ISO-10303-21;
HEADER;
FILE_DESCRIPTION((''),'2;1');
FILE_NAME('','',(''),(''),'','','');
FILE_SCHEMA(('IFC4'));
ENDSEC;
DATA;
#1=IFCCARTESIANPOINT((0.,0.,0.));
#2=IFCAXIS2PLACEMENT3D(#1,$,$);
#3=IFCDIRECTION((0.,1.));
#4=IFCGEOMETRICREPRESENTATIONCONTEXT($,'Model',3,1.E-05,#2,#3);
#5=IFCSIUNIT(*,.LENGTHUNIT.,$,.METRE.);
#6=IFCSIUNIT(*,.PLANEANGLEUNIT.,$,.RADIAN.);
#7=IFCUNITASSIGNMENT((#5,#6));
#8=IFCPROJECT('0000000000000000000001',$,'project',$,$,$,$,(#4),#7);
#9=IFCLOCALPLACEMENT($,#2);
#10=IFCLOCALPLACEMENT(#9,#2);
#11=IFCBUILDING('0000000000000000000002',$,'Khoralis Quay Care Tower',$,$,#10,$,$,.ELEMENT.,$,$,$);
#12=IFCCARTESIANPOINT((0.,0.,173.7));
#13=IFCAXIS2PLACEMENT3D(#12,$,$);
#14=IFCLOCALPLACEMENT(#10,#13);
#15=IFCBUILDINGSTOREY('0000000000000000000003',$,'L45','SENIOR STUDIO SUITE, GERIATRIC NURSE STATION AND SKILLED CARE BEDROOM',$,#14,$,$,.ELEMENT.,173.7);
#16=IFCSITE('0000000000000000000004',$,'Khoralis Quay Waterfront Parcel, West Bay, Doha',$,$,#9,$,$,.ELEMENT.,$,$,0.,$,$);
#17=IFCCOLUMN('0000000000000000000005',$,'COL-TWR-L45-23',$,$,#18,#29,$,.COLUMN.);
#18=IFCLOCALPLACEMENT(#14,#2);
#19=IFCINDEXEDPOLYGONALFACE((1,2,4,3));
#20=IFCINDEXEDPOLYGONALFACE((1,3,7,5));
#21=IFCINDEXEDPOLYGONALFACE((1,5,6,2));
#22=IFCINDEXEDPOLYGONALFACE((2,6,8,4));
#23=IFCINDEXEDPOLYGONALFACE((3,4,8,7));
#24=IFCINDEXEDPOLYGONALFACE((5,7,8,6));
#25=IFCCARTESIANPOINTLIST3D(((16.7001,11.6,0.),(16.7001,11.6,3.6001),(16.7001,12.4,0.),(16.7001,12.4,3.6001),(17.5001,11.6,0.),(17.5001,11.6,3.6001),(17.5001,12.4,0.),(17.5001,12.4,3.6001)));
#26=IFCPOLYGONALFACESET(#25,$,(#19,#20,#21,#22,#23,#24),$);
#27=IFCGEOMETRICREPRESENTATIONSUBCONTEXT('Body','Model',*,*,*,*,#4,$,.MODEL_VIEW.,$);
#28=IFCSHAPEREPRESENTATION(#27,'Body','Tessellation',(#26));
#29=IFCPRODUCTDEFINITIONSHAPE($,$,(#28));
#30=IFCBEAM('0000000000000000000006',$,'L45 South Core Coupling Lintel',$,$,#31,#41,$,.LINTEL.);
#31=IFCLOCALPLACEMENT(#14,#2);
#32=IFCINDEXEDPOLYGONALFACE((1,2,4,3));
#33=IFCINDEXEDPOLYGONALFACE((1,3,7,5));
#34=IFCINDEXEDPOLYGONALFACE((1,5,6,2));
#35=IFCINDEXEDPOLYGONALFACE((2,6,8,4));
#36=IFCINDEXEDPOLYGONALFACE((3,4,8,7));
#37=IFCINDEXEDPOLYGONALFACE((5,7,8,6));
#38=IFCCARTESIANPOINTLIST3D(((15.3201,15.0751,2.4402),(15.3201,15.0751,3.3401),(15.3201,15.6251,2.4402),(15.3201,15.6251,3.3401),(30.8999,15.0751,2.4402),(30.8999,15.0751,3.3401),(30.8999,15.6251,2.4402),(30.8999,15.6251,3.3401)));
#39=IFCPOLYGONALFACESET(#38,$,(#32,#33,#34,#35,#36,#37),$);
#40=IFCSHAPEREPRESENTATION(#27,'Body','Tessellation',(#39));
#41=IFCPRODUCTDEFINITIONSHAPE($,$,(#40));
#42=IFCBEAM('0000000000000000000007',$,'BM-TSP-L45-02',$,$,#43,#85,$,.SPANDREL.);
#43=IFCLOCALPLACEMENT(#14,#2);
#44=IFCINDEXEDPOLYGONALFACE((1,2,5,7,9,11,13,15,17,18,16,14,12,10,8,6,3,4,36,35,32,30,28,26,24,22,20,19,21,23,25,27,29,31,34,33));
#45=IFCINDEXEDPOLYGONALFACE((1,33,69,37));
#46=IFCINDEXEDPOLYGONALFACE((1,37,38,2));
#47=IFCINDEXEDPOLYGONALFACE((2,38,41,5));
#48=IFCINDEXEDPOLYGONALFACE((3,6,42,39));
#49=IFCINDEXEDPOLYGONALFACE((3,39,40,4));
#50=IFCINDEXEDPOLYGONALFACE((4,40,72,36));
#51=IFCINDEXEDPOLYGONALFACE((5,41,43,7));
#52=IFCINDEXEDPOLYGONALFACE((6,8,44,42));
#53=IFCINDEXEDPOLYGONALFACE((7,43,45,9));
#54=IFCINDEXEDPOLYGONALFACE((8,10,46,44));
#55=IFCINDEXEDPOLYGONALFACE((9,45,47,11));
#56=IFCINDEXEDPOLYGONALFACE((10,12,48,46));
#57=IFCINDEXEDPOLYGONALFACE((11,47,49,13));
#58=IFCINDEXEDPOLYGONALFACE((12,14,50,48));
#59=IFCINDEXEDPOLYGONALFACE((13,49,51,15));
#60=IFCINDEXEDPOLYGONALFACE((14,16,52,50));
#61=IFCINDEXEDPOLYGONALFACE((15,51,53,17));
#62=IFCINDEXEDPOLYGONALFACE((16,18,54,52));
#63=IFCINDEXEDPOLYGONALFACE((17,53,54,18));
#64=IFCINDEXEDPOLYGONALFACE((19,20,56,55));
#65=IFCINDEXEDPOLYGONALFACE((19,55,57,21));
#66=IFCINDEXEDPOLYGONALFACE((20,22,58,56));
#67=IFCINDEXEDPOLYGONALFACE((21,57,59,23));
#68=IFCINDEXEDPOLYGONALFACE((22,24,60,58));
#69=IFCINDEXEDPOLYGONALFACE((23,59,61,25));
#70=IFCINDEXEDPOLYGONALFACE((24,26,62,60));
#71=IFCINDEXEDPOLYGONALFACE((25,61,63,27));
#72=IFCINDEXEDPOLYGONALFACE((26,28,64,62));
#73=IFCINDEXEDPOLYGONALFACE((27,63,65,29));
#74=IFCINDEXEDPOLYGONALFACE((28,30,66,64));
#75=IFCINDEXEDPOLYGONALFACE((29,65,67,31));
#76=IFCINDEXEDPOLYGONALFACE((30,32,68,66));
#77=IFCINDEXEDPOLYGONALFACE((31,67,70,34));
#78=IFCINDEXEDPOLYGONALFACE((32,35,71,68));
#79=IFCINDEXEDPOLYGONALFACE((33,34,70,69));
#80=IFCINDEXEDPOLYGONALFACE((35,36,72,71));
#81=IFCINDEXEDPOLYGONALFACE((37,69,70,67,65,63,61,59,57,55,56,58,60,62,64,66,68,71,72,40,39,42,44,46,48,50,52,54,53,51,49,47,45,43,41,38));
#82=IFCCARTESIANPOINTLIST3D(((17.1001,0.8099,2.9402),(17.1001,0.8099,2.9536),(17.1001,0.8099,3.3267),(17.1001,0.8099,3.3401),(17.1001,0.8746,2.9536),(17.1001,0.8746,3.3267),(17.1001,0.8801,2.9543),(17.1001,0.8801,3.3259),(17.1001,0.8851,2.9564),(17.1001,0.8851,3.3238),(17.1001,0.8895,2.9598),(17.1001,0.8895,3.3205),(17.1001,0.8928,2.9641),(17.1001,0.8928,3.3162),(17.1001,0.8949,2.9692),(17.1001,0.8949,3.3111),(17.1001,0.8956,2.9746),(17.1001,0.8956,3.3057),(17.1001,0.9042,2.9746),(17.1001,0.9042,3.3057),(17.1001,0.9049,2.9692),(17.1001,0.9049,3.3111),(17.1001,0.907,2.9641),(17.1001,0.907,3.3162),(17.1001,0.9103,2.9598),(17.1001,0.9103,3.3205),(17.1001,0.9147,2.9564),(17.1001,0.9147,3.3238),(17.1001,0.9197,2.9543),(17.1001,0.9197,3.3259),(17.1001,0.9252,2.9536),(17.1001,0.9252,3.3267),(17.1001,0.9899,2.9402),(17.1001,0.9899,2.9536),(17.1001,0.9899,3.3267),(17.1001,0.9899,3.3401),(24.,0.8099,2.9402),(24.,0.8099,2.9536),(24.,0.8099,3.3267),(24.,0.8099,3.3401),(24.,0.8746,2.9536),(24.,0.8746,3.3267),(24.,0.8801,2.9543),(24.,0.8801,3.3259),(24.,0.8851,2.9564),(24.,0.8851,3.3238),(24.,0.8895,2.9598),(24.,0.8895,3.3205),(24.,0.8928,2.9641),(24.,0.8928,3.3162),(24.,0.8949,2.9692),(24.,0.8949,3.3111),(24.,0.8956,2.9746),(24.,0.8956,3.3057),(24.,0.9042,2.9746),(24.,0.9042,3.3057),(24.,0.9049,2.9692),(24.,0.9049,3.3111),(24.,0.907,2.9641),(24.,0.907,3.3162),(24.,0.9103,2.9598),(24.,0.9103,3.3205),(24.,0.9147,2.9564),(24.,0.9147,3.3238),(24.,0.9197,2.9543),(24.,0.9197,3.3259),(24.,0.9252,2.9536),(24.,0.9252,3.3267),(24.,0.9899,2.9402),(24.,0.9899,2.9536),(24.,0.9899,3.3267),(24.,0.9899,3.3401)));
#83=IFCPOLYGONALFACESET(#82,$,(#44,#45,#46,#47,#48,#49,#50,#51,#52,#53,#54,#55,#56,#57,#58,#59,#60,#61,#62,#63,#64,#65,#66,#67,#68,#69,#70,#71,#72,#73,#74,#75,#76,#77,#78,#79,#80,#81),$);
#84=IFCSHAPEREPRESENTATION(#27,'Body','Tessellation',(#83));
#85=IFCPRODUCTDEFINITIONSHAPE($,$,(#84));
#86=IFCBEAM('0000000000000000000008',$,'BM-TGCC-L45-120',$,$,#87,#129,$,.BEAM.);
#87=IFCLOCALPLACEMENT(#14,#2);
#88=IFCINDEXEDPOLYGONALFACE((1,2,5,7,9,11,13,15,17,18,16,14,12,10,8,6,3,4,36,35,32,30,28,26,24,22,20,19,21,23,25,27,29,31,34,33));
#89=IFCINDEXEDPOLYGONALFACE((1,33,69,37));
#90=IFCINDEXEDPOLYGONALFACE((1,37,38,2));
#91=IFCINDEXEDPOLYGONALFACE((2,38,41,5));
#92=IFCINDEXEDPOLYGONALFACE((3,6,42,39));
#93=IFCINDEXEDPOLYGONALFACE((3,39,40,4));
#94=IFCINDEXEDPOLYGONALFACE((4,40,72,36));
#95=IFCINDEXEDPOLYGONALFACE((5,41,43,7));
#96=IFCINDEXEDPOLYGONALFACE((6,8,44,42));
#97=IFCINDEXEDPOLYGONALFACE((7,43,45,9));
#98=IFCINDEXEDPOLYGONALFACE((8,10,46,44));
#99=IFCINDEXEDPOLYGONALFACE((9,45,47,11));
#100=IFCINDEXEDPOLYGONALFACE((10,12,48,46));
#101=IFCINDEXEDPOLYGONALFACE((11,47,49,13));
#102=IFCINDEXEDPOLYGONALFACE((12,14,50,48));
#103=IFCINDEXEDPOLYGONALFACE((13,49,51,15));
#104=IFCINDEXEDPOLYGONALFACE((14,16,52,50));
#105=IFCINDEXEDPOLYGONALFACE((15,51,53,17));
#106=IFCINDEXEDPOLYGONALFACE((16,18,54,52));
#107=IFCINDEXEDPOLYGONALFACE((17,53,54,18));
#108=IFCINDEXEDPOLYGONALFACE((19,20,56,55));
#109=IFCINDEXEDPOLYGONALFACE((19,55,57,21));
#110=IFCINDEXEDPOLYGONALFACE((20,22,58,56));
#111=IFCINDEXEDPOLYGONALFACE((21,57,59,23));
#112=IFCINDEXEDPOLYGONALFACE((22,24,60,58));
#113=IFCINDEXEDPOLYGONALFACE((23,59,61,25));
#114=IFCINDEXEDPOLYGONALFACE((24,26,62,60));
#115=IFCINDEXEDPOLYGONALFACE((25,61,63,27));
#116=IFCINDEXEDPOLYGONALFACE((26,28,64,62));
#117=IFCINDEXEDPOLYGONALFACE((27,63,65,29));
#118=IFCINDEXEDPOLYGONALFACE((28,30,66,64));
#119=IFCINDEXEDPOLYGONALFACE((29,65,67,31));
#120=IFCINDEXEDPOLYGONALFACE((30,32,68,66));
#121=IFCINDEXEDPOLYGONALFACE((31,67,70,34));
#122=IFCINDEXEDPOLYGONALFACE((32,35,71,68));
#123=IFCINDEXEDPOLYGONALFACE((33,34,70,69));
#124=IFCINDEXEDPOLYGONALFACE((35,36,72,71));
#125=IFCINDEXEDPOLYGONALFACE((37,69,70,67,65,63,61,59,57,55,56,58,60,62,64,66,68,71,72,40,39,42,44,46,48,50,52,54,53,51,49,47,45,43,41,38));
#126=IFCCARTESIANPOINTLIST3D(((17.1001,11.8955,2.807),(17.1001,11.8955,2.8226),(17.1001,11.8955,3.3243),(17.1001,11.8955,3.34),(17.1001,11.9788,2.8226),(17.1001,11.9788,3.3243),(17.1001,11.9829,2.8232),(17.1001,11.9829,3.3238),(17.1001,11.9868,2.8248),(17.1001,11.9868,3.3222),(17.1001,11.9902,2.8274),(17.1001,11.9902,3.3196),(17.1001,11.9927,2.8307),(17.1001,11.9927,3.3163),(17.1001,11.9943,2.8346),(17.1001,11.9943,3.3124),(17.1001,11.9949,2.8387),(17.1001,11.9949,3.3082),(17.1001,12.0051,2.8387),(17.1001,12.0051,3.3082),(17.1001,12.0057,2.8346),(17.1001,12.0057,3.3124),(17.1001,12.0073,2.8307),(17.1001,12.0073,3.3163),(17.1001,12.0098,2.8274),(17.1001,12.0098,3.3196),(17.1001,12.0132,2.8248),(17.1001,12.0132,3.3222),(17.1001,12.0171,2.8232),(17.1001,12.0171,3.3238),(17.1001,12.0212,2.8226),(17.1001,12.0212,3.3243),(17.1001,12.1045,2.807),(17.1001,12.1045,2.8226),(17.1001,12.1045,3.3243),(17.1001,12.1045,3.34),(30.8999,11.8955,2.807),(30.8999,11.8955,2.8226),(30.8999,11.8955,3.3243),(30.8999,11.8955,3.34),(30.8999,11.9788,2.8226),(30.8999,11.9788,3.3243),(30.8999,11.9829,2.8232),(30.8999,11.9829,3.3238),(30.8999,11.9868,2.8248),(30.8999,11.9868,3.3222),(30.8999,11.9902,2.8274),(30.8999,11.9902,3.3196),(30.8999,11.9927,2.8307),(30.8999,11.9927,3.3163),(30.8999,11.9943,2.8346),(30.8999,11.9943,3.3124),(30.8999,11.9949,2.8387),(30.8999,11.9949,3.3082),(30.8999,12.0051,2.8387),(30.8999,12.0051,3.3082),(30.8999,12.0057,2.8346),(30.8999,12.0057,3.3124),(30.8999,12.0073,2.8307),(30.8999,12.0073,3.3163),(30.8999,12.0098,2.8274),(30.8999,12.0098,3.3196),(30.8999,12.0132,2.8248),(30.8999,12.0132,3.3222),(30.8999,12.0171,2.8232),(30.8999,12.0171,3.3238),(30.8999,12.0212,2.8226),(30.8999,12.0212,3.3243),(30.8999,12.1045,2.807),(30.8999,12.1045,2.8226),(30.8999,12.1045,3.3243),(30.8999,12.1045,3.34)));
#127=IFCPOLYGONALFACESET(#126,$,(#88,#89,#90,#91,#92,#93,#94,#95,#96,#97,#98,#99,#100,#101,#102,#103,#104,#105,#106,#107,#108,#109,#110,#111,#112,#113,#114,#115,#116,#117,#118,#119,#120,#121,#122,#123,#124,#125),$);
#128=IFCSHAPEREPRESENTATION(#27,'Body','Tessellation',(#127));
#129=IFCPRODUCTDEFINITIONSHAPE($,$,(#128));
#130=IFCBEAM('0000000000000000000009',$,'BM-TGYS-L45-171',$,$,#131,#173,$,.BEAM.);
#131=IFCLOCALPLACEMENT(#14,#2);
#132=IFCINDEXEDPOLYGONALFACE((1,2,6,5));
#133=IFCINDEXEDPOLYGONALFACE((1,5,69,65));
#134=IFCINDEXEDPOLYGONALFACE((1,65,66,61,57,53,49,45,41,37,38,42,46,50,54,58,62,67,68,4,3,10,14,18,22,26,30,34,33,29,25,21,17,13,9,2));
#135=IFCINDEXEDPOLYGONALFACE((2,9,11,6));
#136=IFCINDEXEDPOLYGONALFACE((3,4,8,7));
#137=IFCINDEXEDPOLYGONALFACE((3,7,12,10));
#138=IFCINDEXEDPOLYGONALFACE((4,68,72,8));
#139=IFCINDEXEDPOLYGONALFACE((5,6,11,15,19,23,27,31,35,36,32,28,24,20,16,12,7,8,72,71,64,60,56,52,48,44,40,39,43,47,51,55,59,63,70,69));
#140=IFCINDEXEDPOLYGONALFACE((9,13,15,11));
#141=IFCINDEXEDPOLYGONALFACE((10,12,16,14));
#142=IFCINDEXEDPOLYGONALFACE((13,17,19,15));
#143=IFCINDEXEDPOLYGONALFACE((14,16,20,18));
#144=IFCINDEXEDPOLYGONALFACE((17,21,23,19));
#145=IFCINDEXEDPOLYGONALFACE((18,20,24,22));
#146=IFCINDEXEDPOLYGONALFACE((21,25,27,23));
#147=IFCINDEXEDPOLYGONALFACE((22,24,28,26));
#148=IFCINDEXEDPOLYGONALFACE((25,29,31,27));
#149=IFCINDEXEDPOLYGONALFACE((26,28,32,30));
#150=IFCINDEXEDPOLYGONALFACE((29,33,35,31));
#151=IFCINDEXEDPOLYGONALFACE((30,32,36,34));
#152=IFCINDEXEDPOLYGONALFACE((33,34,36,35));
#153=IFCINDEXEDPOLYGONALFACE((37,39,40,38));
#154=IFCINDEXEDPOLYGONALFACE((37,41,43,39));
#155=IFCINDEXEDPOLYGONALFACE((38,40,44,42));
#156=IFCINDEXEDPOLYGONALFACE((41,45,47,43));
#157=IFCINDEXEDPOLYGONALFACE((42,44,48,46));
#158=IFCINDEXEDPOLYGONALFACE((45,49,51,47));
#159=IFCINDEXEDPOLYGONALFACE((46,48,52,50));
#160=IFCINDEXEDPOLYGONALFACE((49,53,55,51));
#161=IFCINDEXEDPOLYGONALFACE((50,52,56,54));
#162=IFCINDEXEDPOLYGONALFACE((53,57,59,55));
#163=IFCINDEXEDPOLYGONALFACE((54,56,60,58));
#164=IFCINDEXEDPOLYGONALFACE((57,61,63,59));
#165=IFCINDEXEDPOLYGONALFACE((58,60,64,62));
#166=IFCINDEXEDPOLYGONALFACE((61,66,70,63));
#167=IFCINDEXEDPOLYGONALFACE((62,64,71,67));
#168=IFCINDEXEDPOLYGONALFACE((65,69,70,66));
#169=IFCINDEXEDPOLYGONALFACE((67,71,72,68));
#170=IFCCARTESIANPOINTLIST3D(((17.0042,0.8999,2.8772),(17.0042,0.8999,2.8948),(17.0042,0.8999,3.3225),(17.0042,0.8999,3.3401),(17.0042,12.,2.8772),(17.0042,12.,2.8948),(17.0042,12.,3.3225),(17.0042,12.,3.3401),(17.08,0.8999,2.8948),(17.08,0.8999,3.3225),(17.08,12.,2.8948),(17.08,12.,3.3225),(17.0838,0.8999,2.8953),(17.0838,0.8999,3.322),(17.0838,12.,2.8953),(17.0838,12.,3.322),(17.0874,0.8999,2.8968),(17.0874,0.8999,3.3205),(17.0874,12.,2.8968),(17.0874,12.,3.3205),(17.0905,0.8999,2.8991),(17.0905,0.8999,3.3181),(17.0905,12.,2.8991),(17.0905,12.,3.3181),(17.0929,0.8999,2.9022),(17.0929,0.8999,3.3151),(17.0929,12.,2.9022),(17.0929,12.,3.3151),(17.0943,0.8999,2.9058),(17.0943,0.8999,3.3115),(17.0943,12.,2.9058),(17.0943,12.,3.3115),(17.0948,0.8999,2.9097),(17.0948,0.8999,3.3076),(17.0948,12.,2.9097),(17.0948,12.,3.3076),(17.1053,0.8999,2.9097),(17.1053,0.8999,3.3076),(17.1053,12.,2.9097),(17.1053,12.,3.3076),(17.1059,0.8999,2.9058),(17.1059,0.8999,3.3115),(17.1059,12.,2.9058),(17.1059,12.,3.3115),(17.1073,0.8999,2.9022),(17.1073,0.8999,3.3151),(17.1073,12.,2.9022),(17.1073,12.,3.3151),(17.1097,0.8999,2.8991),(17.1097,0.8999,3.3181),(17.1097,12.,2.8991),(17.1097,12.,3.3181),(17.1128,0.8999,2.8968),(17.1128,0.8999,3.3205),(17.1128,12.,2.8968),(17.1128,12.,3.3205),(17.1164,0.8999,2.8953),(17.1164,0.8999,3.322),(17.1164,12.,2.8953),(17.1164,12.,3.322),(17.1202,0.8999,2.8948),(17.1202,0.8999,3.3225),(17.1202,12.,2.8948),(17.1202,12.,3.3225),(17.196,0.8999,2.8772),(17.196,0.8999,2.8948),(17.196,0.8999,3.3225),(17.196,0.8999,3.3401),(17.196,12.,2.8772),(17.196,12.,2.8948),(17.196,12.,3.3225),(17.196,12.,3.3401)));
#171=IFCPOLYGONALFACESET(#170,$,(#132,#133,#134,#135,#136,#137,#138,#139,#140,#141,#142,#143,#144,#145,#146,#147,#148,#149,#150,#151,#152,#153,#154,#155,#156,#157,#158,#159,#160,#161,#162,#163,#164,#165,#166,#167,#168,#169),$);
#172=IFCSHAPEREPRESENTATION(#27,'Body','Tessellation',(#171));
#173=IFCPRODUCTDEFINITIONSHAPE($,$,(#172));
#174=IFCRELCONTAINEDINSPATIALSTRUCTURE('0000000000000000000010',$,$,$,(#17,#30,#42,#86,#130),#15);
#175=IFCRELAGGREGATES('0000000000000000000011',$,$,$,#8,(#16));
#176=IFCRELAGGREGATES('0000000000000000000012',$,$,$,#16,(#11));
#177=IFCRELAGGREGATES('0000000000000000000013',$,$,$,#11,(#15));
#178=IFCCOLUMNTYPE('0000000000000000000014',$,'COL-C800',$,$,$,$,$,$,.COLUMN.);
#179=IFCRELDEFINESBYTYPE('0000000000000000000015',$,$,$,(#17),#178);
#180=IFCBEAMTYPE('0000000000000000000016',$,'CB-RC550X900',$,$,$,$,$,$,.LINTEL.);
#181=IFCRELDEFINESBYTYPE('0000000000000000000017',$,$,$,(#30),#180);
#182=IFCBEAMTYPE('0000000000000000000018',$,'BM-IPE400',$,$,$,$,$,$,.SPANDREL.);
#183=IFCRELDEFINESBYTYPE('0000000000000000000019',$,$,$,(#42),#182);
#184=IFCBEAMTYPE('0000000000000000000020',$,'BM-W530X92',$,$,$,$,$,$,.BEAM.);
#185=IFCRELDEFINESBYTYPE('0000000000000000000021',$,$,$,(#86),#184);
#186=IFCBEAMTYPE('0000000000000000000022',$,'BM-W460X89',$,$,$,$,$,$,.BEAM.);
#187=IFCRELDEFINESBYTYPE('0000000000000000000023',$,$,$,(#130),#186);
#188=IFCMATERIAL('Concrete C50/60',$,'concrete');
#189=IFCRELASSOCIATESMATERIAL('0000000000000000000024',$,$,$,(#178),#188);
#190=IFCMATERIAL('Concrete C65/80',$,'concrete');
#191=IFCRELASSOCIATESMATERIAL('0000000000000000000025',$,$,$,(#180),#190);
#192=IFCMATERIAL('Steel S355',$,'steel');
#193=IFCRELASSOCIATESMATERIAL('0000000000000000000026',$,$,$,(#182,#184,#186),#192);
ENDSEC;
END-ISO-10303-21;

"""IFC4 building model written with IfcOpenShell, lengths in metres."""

from ifc_helpers import new_model, si_unit, direction, frame, origin, origin_2d, place, context, subcontext, project, spatial, rectangle, i_section, extrude, source, transform, mapped, material, material_profile, profile_set, type_object, element, save


model = new_model("IFC4")

# Units and contexts
model_context = context("Model", 3, precision=1e-05, world=origin(), true_north=direction((0.0, 1.0)))
body_context = subcontext(model_context, "Body", "Model", "MODEL_VIEW")
ifc_project = project(units=[si_unit("LENGTHUNIT", "METRE"), si_unit("PLANEANGLEUNIT", "RADIAN")], contexts=[model_context])

# Site, building, storey
site_placement = place(None, origin())
site = spatial("IfcSite", under=ifc_project, at=site_placement, Name="Khoralis Quay Waterfront Parcel, West Bay, Doha", CompositionType="ELEMENT", RefElevation=0.0)
building_placement = place(site_placement, origin())
building = spatial("IfcBuilding", under=site, at=building_placement, Name="Khoralis Quay Care Tower", CompositionType="ELEMENT")
storey_placement = place(building_placement, frame((0.0, 0.0, 173.7)))
storey = spatial("IfcBuildingStorey", under=building, at=storey_placement, Name="L45", Description="SENIOR STUDIO SUITE, GERIATRIC NURSE STATION AND SKILLED CARE BEDROOM", CompositionType="ELEMENT", Elevation=173.7)

# Column
ifc_material_1 = material(Name="Concrete C50/60", Category="concrete")
ifc_material_profile_1 = material_profile(ifc_material_1, rectangle(XDim=0.8, YDim=0.8, at=origin_2d()), Name="Concrete C50/60")
ifc_profile_set_1 = profile_set([ifc_material_profile_1], Name="Concrete C50/60")
column_type = type_object("IfcColumnType", Name="COL-C800", PredefinedType="COLUMN", material=ifc_profile_set_1)
shared_shape_1 = source(origin(), body_context, "Body", "SweptSolid", [
    extrude(rectangle(XDim=0.8, YDim=0.8, at=origin_2d()), origin(), (0.0, 0.0, 1.0), 3.6001),
])
column_placement = place(storey_placement, frame((17.1001, 12.0, 0.0), z_axis=(0.0, 0.0, 1.0), x_axis=(1.0, 0.0, 0.0)))
element("IfcColumn", 1, at=column_placement, inside=storey, type_object=column_type, Name="COL-TWR-L45-23", PredefinedType="COLUMN", context=body_context, shape_type="MappedRepresentation", body=[
    mapped(shared_shape_1, transform((0.0, 0.0, 0.0), scale=1.0)),
])

# Beams
ifc_material_2 = material(Name="Concrete C65/80", Category="concrete")
ifc_material_profile_2 = material_profile(ifc_material_2, rectangle(XDim=0.55, YDim=0.8999, at=origin_2d()), Name="Concrete C65/80")
ifc_profile_set_2 = profile_set([ifc_material_profile_2], Name="Concrete C65/80")
beam_type_1 = type_object("IfcBeamType", Name="CB-RC550X900", PredefinedType="LINTEL", material=ifc_profile_set_2)
shared_shape_2 = source(origin(), body_context, "Body", "SweptSolid", [
    extrude(rectangle(XDim=0.55, YDim=0.8999, at=origin_2d()), origin(), (0.0, 0.0, 1.0), 15.5798),
])
beam_1_placement = place(storey_placement, frame((15.3201, 15.3501, 2.8901), z_axis=(1.0, 0.0, 0.0), x_axis=(0.0, 1.0, 0.0)))
element("IfcBeam", 2, at=beam_1_placement, inside=storey, type_object=beam_type_1, Name="L45 South Core Coupling Lintel", PredefinedType="LINTEL", context=body_context, shape_type="MappedRepresentation", body=[
    mapped(shared_shape_2, transform((0.0, 0.0, 0.0), scale=1.0)),
])
ifc_material_3 = material(Name="Steel S355", Category="steel")
ifc_material_profile_3 = material_profile(ifc_material_3, i_section(OverallWidth=0.1799, OverallDepth=0.3999, WebThickness=0.0085, FlangeThickness=0.0134, FilletRadius=0.021, at=origin_2d()), Name="Steel S355")
ifc_profile_set_3 = profile_set([ifc_material_profile_3], Name="Steel S355")
beam_type_2 = type_object("IfcBeamType", Name="BM-IPE400", PredefinedType="SPANDREL", material=ifc_profile_set_3)
shared_shape_3 = source(origin(), body_context, "Body", "SweptSolid", [
    extrude(i_section(OverallWidth=0.1799, OverallDepth=0.3999, WebThickness=0.0085, FlangeThickness=0.0134, FilletRadius=0.021, at=origin_2d()), origin(), (0.0, 0.0, 1.0), 6.8999),
])
beam_2_placement = place(storey_placement, frame((17.1001, 0.8999, 3.1401), z_axis=(1.0, 0.0, 0.0), x_axis=(0.0, 1.0, 0.0)))
element("IfcBeam", 3, at=beam_2_placement, inside=storey, type_object=beam_type_2, Name="BM-TSP-L45-02", PredefinedType="SPANDREL", context=body_context, shape_type="MappedRepresentation", body=[
    mapped(shared_shape_3, transform((0.0, 0.0, 0.0), scale=1.0)),
])
ifc_material_profile_4 = material_profile(ifc_material_3, i_section(OverallWidth=0.209, OverallDepth=0.533, WebThickness=0.0103, FlangeThickness=0.0156, FilletRadius=0.0161, at=origin_2d()), Name="Steel S355")
ifc_profile_set_4 = profile_set([ifc_material_profile_4], Name="Steel S355")
beam_type_3 = type_object("IfcBeamType", Name="BM-W530X92", PredefinedType="BEAM", material=ifc_profile_set_4)
shared_shape_4 = source(origin(), body_context, "Body", "SweptSolid", [
    extrude(i_section(OverallWidth=0.209, OverallDepth=0.533, WebThickness=0.0103, FlangeThickness=0.0156, FilletRadius=0.0161, at=origin_2d()), origin(), (0.0, 0.0, 1.0), 13.7998),
])
beam_3_placement = place(storey_placement, frame((17.1001, 12.0, 3.0735), z_axis=(1.0, 0.0, 0.0), x_axis=(0.0, 1.0, 0.0)))
element("IfcBeam", 4, at=beam_3_placement, inside=storey, type_object=beam_type_3, Name="BM-TGCC-L45-120", PredefinedType="BEAM", context=body_context, shape_type="MappedRepresentation", body=[
    mapped(shared_shape_4, transform((0.0, 0.0, 0.0), scale=1.0)),
])
ifc_material_profile_5 = material_profile(ifc_material_3, i_section(OverallWidth=0.1919, OverallDepth=0.4629, WebThickness=0.0105, FlangeThickness=0.0176, FilletRadius=0.0149, at=origin_2d()), Name="Steel S355")
ifc_profile_set_5 = profile_set([ifc_material_profile_5], Name="Steel S355")
beam_type_4 = type_object("IfcBeamType", Name="BM-W460X89", PredefinedType="BEAM", material=ifc_profile_set_5)
shared_shape_5 = source(origin(), body_context, "Body", "SweptSolid", [
    extrude(i_section(OverallWidth=0.1919, OverallDepth=0.4629, WebThickness=0.0105, FlangeThickness=0.0176, FilletRadius=0.0149, at=origin_2d()), origin(), (0.0, 0.0, 1.0), 11.1001),
])
beam_4_placement = place(storey_placement, frame((17.1001, 0.8999, 3.1086), z_axis=(0.0, 1.0, 0.0), x_axis=(-1.0, 0.0, 0.0)))
element("IfcBeam", 5, at=beam_4_placement, inside=storey, type_object=beam_type_4, Name="BM-TGYS-L45-171", PredefinedType="BEAM", context=body_context, shape_type="MappedRepresentation", body=[
    mapped(shared_shape_5, transform((0.0, 0.0, 0.0), scale=1.0)),
])

save(model, "model.ifc")
